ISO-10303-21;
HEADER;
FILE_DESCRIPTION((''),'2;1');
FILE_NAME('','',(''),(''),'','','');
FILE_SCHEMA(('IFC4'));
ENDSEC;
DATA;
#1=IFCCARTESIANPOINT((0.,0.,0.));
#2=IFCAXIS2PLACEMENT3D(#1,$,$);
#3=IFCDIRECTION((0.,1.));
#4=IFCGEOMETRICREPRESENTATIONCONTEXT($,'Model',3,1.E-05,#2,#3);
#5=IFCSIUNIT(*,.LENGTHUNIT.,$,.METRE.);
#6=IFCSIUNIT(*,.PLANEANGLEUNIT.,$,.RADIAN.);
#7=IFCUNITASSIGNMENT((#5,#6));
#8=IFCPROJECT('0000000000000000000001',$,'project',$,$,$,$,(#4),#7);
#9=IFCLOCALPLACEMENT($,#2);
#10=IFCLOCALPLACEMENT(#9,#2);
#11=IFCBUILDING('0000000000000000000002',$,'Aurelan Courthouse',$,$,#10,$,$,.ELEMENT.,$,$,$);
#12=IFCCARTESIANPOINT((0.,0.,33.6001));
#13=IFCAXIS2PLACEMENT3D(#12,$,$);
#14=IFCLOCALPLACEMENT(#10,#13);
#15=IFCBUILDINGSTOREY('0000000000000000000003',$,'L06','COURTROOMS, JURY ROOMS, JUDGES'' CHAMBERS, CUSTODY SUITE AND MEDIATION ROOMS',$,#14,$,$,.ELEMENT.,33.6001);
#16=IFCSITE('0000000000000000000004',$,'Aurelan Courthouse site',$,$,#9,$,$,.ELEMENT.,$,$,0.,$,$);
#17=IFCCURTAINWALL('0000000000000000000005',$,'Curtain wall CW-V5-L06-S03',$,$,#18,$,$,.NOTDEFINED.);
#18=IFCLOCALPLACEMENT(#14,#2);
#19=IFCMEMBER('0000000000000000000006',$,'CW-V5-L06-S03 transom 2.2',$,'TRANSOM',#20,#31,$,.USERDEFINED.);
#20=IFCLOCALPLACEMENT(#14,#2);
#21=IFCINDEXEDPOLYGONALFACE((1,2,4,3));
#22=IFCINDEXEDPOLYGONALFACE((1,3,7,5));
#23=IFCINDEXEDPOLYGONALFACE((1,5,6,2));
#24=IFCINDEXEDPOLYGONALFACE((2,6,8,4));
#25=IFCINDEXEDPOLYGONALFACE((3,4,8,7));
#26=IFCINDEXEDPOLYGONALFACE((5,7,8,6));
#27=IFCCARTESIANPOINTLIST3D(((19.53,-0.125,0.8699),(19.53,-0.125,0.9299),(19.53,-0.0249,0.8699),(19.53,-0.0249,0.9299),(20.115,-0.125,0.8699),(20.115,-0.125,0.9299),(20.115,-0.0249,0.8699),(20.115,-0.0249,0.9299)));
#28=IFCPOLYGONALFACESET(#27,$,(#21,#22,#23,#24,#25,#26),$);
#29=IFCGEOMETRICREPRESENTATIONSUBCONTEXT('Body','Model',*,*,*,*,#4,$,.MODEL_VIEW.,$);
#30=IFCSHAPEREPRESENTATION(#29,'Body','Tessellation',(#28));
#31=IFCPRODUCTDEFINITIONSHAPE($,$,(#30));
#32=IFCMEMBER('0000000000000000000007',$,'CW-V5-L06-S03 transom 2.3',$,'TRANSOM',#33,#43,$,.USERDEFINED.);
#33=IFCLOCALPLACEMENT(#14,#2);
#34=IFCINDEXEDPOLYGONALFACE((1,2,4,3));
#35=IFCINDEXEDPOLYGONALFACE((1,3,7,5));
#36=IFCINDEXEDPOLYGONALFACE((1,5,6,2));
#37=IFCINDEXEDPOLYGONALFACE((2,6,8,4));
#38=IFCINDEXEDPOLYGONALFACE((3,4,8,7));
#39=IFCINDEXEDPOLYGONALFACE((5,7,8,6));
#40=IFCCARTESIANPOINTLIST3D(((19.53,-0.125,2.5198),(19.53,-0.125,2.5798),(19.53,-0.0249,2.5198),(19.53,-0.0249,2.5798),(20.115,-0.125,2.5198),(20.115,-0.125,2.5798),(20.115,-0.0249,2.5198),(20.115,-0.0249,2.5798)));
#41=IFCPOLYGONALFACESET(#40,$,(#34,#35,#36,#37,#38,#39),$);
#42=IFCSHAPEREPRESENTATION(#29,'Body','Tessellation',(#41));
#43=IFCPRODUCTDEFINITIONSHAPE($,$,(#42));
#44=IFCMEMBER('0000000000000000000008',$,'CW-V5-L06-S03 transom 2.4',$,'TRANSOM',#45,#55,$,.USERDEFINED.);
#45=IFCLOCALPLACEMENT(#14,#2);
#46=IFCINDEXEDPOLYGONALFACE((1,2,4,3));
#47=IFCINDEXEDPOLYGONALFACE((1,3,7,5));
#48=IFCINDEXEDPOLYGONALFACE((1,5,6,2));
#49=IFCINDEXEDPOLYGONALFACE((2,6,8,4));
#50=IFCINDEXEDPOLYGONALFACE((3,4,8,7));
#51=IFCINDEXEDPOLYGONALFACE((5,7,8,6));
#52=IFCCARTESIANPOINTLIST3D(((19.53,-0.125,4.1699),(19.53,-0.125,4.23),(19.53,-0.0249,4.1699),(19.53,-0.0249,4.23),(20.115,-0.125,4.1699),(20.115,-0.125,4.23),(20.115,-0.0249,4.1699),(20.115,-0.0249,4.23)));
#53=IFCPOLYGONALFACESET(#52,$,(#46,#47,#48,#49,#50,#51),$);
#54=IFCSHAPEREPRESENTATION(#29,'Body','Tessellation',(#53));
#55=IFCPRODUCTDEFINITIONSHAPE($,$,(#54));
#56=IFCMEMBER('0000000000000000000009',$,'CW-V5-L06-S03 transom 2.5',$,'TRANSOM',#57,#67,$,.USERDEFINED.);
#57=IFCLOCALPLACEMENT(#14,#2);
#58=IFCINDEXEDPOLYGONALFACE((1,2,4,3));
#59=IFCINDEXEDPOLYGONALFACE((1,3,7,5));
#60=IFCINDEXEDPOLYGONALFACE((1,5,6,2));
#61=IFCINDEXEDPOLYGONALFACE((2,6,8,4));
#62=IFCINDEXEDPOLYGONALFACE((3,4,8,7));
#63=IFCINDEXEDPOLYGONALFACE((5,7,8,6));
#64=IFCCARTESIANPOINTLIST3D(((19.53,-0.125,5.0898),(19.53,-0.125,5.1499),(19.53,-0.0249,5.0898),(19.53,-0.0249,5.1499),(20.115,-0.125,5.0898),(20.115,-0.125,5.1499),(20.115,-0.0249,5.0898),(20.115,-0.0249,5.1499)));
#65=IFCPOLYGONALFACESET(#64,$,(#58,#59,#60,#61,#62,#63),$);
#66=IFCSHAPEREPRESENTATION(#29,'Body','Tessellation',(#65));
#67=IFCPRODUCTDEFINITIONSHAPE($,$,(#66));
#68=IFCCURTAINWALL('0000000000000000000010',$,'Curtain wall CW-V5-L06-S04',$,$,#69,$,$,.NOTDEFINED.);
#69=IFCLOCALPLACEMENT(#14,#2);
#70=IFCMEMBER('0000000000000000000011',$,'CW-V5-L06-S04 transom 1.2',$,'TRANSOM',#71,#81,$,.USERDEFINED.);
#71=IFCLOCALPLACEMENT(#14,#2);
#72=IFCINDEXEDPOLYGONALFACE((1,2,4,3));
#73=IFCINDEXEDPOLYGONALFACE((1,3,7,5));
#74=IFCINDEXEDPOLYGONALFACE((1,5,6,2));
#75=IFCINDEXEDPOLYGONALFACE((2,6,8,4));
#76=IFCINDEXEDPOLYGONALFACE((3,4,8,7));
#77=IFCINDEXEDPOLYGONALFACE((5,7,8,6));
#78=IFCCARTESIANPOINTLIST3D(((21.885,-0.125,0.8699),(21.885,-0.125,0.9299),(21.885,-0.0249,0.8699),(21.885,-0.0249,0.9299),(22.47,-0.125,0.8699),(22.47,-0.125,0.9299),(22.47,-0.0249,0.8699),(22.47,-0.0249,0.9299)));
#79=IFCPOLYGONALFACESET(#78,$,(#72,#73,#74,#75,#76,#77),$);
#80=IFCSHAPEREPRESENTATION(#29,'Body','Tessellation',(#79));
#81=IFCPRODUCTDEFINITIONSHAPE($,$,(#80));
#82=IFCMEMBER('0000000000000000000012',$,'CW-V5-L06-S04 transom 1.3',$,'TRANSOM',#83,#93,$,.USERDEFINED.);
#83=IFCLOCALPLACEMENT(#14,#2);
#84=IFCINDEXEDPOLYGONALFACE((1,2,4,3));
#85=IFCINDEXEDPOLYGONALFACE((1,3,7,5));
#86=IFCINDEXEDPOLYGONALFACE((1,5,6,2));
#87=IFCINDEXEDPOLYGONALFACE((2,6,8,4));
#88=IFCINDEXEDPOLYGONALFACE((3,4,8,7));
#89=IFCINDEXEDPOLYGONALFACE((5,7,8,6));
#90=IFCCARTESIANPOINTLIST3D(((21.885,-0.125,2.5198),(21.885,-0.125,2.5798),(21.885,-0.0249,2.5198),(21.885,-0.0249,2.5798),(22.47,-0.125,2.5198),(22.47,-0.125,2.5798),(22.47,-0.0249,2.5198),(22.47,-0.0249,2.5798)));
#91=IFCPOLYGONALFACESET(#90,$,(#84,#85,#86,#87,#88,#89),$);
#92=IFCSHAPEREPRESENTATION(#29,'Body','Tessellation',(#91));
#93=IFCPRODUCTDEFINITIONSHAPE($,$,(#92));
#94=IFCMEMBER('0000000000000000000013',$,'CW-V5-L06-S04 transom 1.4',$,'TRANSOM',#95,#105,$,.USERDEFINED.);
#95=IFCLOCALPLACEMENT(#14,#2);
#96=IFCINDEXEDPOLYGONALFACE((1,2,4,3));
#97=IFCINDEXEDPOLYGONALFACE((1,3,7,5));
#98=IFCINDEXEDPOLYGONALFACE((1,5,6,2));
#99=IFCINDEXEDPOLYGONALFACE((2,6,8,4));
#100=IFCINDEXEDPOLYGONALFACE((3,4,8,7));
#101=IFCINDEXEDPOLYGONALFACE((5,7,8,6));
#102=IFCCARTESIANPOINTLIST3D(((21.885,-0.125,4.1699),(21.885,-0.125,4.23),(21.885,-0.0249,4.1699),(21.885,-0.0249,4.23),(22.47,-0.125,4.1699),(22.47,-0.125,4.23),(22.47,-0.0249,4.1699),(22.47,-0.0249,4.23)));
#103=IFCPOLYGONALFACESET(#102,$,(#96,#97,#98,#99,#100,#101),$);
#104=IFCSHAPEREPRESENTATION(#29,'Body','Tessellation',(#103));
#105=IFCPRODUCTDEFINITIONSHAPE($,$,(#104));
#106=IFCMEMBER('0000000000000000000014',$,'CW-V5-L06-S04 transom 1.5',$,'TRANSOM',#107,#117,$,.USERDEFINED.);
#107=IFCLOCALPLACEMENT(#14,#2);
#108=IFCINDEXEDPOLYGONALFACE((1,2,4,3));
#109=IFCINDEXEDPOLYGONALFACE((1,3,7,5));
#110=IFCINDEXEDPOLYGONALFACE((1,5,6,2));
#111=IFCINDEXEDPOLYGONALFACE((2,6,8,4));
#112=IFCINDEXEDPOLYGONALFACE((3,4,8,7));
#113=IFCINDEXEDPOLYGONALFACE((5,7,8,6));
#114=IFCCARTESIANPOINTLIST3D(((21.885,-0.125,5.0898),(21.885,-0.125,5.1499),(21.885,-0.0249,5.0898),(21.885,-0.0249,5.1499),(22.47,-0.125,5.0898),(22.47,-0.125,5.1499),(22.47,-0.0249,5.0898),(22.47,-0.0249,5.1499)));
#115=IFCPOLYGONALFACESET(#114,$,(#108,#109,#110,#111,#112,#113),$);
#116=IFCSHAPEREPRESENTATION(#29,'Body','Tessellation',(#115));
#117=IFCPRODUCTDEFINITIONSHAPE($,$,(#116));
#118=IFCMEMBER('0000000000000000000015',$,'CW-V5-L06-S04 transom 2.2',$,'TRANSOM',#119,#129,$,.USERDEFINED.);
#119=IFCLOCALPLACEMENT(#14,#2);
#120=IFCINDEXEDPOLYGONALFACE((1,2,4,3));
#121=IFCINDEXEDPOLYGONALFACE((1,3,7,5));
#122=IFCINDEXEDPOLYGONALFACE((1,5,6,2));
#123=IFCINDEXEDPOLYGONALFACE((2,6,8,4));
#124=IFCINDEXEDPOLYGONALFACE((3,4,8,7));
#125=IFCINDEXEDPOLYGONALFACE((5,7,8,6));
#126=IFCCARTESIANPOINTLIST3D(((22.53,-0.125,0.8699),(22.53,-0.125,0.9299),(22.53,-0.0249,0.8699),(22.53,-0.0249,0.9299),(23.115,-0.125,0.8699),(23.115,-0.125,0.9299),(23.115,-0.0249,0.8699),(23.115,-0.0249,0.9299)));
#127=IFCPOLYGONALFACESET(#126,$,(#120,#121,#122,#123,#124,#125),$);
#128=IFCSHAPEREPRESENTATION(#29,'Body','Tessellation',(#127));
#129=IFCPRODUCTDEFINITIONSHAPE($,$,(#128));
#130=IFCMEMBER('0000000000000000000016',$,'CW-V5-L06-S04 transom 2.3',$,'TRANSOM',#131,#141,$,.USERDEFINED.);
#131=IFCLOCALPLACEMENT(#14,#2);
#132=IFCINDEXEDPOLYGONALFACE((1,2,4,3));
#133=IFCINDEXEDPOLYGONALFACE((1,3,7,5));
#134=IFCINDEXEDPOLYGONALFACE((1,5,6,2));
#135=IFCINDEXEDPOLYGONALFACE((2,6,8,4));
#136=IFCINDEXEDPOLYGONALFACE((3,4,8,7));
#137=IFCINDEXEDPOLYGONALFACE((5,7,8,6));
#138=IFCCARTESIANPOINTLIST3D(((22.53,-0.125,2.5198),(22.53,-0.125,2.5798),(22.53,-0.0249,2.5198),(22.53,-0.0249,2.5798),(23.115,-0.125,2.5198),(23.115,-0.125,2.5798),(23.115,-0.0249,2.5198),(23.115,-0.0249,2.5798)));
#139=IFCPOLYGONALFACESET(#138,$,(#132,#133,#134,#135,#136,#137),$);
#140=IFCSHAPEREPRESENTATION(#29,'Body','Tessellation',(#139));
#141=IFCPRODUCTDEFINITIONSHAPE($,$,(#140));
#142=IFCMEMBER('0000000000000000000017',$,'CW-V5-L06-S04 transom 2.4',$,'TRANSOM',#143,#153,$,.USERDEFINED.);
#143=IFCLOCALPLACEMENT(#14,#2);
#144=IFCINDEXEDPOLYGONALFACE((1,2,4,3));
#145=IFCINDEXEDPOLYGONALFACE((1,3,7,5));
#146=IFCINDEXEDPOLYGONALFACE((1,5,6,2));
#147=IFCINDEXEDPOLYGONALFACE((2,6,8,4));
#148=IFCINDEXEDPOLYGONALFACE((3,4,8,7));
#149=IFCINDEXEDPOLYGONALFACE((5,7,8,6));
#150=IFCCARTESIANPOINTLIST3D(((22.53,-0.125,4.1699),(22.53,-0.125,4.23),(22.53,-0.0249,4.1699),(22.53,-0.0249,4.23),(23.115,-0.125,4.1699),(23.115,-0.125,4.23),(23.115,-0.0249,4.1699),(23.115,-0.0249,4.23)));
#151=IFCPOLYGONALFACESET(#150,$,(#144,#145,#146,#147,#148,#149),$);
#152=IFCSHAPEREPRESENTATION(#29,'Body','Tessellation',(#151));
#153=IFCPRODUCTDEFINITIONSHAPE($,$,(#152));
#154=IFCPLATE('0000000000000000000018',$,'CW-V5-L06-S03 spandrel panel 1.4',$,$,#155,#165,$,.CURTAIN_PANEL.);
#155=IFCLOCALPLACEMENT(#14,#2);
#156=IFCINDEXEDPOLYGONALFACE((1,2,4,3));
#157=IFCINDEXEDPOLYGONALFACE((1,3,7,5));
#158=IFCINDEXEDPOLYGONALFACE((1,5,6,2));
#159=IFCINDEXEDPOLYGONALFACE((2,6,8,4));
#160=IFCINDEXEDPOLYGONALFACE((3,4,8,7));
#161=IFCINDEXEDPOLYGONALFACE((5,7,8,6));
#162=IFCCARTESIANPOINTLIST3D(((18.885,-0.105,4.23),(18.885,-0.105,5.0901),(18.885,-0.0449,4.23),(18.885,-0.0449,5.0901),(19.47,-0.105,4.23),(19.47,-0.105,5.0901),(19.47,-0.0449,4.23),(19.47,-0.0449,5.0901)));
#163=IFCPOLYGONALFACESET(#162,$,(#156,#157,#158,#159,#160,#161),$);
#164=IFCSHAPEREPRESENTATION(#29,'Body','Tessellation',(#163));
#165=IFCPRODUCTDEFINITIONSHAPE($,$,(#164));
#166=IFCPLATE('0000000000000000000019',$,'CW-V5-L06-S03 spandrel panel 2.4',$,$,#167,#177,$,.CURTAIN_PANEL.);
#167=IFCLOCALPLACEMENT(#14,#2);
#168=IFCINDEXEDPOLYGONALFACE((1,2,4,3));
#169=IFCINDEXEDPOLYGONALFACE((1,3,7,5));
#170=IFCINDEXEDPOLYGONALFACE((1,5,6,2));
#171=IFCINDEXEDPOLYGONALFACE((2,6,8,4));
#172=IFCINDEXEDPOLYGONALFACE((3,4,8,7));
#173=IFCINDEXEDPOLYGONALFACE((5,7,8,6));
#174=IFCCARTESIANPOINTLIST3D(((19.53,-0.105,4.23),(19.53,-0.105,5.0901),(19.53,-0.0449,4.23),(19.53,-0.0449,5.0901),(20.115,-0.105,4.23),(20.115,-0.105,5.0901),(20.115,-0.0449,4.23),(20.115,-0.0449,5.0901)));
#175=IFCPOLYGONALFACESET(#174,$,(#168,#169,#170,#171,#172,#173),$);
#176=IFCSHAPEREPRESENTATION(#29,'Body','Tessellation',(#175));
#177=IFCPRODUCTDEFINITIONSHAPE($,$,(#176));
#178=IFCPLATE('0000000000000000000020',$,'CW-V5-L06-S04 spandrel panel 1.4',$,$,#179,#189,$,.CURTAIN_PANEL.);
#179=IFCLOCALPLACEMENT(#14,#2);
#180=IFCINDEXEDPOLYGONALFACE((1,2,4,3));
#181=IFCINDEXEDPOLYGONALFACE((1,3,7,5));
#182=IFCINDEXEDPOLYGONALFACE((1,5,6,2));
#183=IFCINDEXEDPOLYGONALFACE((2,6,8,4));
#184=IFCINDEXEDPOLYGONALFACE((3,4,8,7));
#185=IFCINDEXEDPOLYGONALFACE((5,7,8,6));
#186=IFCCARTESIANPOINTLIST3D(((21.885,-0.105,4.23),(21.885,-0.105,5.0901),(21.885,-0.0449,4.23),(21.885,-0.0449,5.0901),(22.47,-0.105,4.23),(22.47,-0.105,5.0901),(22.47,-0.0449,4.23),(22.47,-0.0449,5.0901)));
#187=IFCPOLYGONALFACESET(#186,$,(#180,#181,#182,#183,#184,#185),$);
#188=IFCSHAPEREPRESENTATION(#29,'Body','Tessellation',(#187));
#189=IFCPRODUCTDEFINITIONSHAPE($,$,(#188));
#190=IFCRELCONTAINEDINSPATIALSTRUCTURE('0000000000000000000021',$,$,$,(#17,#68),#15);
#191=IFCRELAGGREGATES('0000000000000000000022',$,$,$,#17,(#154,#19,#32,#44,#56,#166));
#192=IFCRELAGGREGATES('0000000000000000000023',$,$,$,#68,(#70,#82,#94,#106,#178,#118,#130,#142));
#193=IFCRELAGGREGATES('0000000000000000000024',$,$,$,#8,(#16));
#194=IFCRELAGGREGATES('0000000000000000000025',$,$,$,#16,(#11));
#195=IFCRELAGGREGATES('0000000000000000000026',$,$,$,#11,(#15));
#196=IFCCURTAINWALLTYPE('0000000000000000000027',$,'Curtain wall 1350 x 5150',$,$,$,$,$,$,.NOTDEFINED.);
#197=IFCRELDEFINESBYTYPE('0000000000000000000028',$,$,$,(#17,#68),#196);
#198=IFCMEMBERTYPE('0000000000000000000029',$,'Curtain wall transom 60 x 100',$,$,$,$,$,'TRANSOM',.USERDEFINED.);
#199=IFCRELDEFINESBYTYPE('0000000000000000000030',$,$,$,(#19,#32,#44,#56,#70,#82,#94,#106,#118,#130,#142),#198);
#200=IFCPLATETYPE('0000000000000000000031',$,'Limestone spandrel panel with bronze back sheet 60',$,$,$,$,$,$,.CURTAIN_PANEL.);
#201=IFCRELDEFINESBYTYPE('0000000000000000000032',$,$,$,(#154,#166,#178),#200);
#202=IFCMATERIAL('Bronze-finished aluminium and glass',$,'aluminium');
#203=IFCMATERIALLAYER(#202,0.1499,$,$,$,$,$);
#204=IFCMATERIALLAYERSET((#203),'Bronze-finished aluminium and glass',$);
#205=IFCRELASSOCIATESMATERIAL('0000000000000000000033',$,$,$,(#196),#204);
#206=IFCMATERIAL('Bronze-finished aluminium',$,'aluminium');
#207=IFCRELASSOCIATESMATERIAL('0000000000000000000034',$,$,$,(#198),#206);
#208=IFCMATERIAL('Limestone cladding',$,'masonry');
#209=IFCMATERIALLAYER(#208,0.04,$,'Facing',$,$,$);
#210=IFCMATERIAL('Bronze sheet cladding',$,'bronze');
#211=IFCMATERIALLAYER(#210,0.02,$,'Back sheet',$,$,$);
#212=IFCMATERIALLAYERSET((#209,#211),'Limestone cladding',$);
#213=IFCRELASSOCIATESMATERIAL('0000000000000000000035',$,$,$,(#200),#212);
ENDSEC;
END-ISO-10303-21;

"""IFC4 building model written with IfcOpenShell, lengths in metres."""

from ifc_helpers import new_model, si_unit, direction, frame, origin, origin_2d, place, context, subcontext, project, spatial, rectangle, extrude, material, layer, layer_set, material_profile, profile_set, type_object, element, aggregate, save


model = new_model("IFC4")

# Units and contexts
model_context = context("Model", 3, precision=1e-05, world=origin(), true_north=direction((0.0, 1.0)))
body_context = subcontext(model_context, "Body", "Model", "MODEL_VIEW")
ifc_project = project(units=[si_unit("LENGTHUNIT", "METRE"), si_unit("PLANEANGLEUNIT", "RADIAN")], contexts=[model_context])

# Site, building, storey
site_placement = place(None, origin())
site = spatial("IfcSite", under=ifc_project, at=site_placement, Name="Aurelan Courthouse site", CompositionType="ELEMENT", RefElevation=0.0)
building_placement = place(site_placement, origin())
building = spatial("IfcBuilding", under=site, at=building_placement, Name="Aurelan Courthouse", CompositionType="ELEMENT")
storey_placement = place(building_placement, frame((0.0, 0.0, 33.6001)))
storey = spatial("IfcBuildingStorey", under=building, at=storey_placement, Name="L06", Description="COURTROOMS, JURY ROOMS, JUDGES' CHAMBERS, CUSTODY SUITE AND MEDIATION ROOMS", CompositionType="ELEMENT", Elevation=33.6001)

# Curtain walls, members
ifc_material_1 = material(Name="Bronze-finished aluminium and glass", Category="aluminium")
ifc_layer_1 = layer(ifc_material_1, 0.1499)
ifc_layer_set_1 = layer_set([ifc_layer_1], Name="Bronze-finished aluminium and glass")
curtain_wall_type = type_object("IfcCurtainWallType", Name="Curtain wall 1350 x 5150", PredefinedType="NOTDEFINED", material=ifc_layer_set_1)
curtain_wall_1_placement = place(storey_placement, origin())
curtain_wall_1 = element("IfcCurtainWall", 1, at=curtain_wall_1_placement, inside=storey, type_object=curtain_wall_type, Name="Curtain wall CW-V5-L06-S03", PredefinedType="NOTDEFINED")
ifc_material_2 = material(Name="Bronze-finished aluminium", Category="aluminium")
ifc_material_profile = material_profile(ifc_material_2, rectangle(XDim=0.1001, YDim=0.0601, at=origin_2d()), Name="Bronze transom 60 x 100")
ifc_profile_set = profile_set([ifc_material_profile], Name="Bronze-finished aluminium")
member_type = type_object("IfcMemberType", Name="Curtain wall transom 60 x 100", ElementType="TRANSOM", PredefinedType="USERDEFINED", material=ifc_profile_set)
member_1_placement = place(storey_placement, frame((19.53, -0.075, 0.8999), z_axis=(1.0, 0.0, 0.0), x_axis=(0.0, 1.0, 0.0)))
member_1 = element("IfcMember", 2, at=member_1_placement, type_object=member_type, Name="CW-V5-L06-S03 transom 2.2", ObjectType="TRANSOM", PredefinedType="USERDEFINED", context=body_context, shape_type="SweptSolid", body=[
    extrude(rectangle(XDim=0.1001, YDim=0.0601, at=origin_2d()), origin(), (0.0, 0.0, 1.0), 0.585),
])
member_2_placement = place(storey_placement, frame((19.53, -0.075, 2.5498), z_axis=(1.0, 0.0, 0.0), x_axis=(0.0, 1.0, 0.0)))
member_2 = element("IfcMember", 3, at=member_2_placement, type_object=member_type, Name="CW-V5-L06-S03 transom 2.3", ObjectType="TRANSOM", PredefinedType="USERDEFINED", context=body_context, shape_type="SweptSolid", body=[
    extrude(rectangle(XDim=0.1001, YDim=0.0601, at=origin_2d()), origin(), (0.0, 0.0, 1.0), 0.585),
])
member_3_placement = place(storey_placement, frame((19.53, -0.075, 4.2), z_axis=(1.0, 0.0, 0.0), x_axis=(0.0, 1.0, 0.0)))
member_3 = element("IfcMember", 4, at=member_3_placement, type_object=member_type, Name="CW-V5-L06-S03 transom 2.4", ObjectType="TRANSOM", PredefinedType="USERDEFINED", context=body_context, shape_type="SweptSolid", body=[
    extrude(rectangle(XDim=0.1001, YDim=0.0601, at=origin_2d()), origin(), (0.0, 0.0, 1.0), 0.585),
])
member_4_placement = place(storey_placement, frame((19.53, -0.075, 5.1199), z_axis=(1.0, 0.0, 0.0), x_axis=(0.0, 1.0, 0.0)))
member_4 = element("IfcMember", 5, at=member_4_placement, type_object=member_type, Name="CW-V5-L06-S03 transom 2.5", ObjectType="TRANSOM", PredefinedType="USERDEFINED", context=body_context, shape_type="SweptSolid", body=[
    extrude(rectangle(XDim=0.1001, YDim=0.0601, at=origin_2d()), origin(), (0.0, 0.0, 1.0), 0.585),
])
curtain_wall_2_placement = place(storey_placement, origin())
curtain_wall_2 = element("IfcCurtainWall", 6, at=curtain_wall_2_placement, inside=storey, type_object=curtain_wall_type, Name="Curtain wall CW-V5-L06-S04", PredefinedType="NOTDEFINED")
member_5_placement = place(storey_placement, frame((21.885, -0.075, 0.8999), z_axis=(1.0, 0.0, 0.0), x_axis=(0.0, 1.0, 0.0)))
member_5 = element("IfcMember", 7, at=member_5_placement, type_object=member_type, Name="CW-V5-L06-S04 transom 1.2", ObjectType="TRANSOM", PredefinedType="USERDEFINED", context=body_context, shape_type="SweptSolid", body=[
    extrude(rectangle(XDim=0.1001, YDim=0.0601, at=origin_2d()), origin(), (0.0, 0.0, 1.0), 0.585),
])
member_6_placement = place(storey_placement, frame((21.885, -0.075, 2.5498), z_axis=(1.0, 0.0, 0.0), x_axis=(0.0, 1.0, 0.0)))
member_6 = element("IfcMember", 8, at=member_6_placement, type_object=member_type, Name="CW-V5-L06-S04 transom 1.3", ObjectType="TRANSOM", PredefinedType="USERDEFINED", context=body_context, shape_type="SweptSolid", body=[
    extrude(rectangle(XDim=0.1001, YDim=0.0601, at=origin_2d()), origin(), (0.0, 0.0, 1.0), 0.585),
])
member_7_placement = place(storey_placement, frame((21.885, -0.075, 4.2), z_axis=(1.0, 0.0, 0.0), x_axis=(0.0, 1.0, 0.0)))
member_7 = element("IfcMember", 9, at=member_7_placement, type_object=member_type, Name="CW-V5-L06-S04 transom 1.4", ObjectType="TRANSOM", PredefinedType="USERDEFINED", context=body_context, shape_type="SweptSolid", body=[
    extrude(rectangle(XDim=0.1001, YDim=0.0601, at=origin_2d()), origin(), (0.0, 0.0, 1.0), 0.585),
])
member_8_placement = place(storey_placement, frame((21.885, -0.075, 5.1199), z_axis=(1.0, 0.0, 0.0), x_axis=(0.0, 1.0, 0.0)))
member_8 = element("IfcMember", 10, at=member_8_placement, type_object=member_type, Name="CW-V5-L06-S04 transom 1.5", ObjectType="TRANSOM", PredefinedType="USERDEFINED", context=body_context, shape_type="SweptSolid", body=[
    extrude(rectangle(XDim=0.1001, YDim=0.0601, at=origin_2d()), origin(), (0.0, 0.0, 1.0), 0.585),
])
member_9_placement = place(storey_placement, frame((22.53, -0.075, 0.8999), z_axis=(1.0, 0.0, 0.0), x_axis=(0.0, 1.0, 0.0)))
member_9 = element("IfcMember", 11, at=member_9_placement, type_object=member_type, Name="CW-V5-L06-S04 transom 2.2", ObjectType="TRANSOM", PredefinedType="USERDEFINED", context=body_context, shape_type="SweptSolid", body=[
    extrude(rectangle(XDim=0.1001, YDim=0.0601, at=origin_2d()), origin(), (0.0, 0.0, 1.0), 0.585),
])
member_10_placement = place(storey_placement, frame((22.53, -0.075, 2.5498), z_axis=(1.0, 0.0, 0.0), x_axis=(0.0, 1.0, 0.0)))
member_10 = element("IfcMember", 12, at=member_10_placement, type_object=member_type, Name="CW-V5-L06-S04 transom 2.3", ObjectType="TRANSOM", PredefinedType="USERDEFINED", context=body_context, shape_type="SweptSolid", body=[
    extrude(rectangle(XDim=0.1001, YDim=0.0601, at=origin_2d()), origin(), (0.0, 0.0, 1.0), 0.585),
])
member_11_placement = place(storey_placement, frame((22.53, -0.075, 4.2), z_axis=(1.0, 0.0, 0.0), x_axis=(0.0, 1.0, 0.0)))
member_11 = element("IfcMember", 13, at=member_11_placement, type_object=member_type, Name="CW-V5-L06-S04 transom 2.4", ObjectType="TRANSOM", PredefinedType="USERDEFINED", context=body_context, shape_type="SweptSolid", body=[
    extrude(rectangle(XDim=0.1001, YDim=0.0601, at=origin_2d()), origin(), (0.0, 0.0, 1.0), 0.585),
])

# Plates
ifc_material_3 = material(Name="Limestone cladding", Category="masonry")
ifc_layer_2 = layer(ifc_material_3, 0.04, Name="Facing")
ifc_material_4 = material(Name="Bronze sheet cladding", Category="bronze")
ifc_layer_3 = layer(ifc_material_4, 0.02, Name="Back sheet")
ifc_layer_set_2 = layer_set([ifc_layer_2, ifc_layer_3], Name="Limestone cladding")
plate_type_1 = type_object("IfcPlateType", Name="Limestone spandrel panel with bronze back sheet 60", PredefinedType="CURTAIN_PANEL", material=ifc_layer_set_2)
plate_1_placement = place(storey_placement, frame((19.1775, -0.075, 4.23), z_axis=(0.0, 0.0, 1.0), x_axis=(1.0, 0.0, 0.0)))
plate_1 = element("IfcPlate", 14, at=plate_1_placement, type_object=plate_type_1, Name="CW-V5-L06-S03 spandrel panel 1.4", PredefinedType="CURTAIN_PANEL", context=body_context, shape_type="SweptSolid", body=[
    extrude(rectangle(XDim=0.585, YDim=0.0601, at=origin_2d()), origin(), (0.0, 0.0, 1.0), 0.8601),
])
plate_2_placement = place(storey_placement, frame((19.8225, -0.075, 4.23), z_axis=(0.0, 0.0, 1.0), x_axis=(1.0, 0.0, 0.0)))
plate_2 = element("IfcPlate", 15, at=plate_2_placement, type_object=plate_type_1, Name="CW-V5-L06-S03 spandrel panel 2.4", PredefinedType="CURTAIN_PANEL", context=body_context, shape_type="SweptSolid", body=[
    extrude(rectangle(XDim=0.585, YDim=0.0601, at=origin_2d()), origin(), (0.0, 0.0, 1.0), 0.8601),
])
plate_3_placement = place(storey_placement, frame((22.1775, -0.075, 4.23), z_axis=(0.0, 0.0, 1.0), x_axis=(1.0, 0.0, 0.0)))
plate_3 = element("IfcPlate", 16, at=plate_3_placement, type_object=plate_type_1, Name="CW-V5-L06-S04 spandrel panel 1.4", PredefinedType="CURTAIN_PANEL", context=body_context, shape_type="SweptSolid", body=[
    extrude(rectangle(XDim=0.585, YDim=0.0601, at=origin_2d()), origin(), (0.0, 0.0, 1.0), 0.8601),
])
aggregate(curtain_wall_1, [plate_1, member_1, member_2, member_3, member_4, plate_2])
aggregate(curtain_wall_2, [member_5, member_6, member_7, member_8, plate_3, member_9, member_10, member_11])

save(model, "model.ifc")
